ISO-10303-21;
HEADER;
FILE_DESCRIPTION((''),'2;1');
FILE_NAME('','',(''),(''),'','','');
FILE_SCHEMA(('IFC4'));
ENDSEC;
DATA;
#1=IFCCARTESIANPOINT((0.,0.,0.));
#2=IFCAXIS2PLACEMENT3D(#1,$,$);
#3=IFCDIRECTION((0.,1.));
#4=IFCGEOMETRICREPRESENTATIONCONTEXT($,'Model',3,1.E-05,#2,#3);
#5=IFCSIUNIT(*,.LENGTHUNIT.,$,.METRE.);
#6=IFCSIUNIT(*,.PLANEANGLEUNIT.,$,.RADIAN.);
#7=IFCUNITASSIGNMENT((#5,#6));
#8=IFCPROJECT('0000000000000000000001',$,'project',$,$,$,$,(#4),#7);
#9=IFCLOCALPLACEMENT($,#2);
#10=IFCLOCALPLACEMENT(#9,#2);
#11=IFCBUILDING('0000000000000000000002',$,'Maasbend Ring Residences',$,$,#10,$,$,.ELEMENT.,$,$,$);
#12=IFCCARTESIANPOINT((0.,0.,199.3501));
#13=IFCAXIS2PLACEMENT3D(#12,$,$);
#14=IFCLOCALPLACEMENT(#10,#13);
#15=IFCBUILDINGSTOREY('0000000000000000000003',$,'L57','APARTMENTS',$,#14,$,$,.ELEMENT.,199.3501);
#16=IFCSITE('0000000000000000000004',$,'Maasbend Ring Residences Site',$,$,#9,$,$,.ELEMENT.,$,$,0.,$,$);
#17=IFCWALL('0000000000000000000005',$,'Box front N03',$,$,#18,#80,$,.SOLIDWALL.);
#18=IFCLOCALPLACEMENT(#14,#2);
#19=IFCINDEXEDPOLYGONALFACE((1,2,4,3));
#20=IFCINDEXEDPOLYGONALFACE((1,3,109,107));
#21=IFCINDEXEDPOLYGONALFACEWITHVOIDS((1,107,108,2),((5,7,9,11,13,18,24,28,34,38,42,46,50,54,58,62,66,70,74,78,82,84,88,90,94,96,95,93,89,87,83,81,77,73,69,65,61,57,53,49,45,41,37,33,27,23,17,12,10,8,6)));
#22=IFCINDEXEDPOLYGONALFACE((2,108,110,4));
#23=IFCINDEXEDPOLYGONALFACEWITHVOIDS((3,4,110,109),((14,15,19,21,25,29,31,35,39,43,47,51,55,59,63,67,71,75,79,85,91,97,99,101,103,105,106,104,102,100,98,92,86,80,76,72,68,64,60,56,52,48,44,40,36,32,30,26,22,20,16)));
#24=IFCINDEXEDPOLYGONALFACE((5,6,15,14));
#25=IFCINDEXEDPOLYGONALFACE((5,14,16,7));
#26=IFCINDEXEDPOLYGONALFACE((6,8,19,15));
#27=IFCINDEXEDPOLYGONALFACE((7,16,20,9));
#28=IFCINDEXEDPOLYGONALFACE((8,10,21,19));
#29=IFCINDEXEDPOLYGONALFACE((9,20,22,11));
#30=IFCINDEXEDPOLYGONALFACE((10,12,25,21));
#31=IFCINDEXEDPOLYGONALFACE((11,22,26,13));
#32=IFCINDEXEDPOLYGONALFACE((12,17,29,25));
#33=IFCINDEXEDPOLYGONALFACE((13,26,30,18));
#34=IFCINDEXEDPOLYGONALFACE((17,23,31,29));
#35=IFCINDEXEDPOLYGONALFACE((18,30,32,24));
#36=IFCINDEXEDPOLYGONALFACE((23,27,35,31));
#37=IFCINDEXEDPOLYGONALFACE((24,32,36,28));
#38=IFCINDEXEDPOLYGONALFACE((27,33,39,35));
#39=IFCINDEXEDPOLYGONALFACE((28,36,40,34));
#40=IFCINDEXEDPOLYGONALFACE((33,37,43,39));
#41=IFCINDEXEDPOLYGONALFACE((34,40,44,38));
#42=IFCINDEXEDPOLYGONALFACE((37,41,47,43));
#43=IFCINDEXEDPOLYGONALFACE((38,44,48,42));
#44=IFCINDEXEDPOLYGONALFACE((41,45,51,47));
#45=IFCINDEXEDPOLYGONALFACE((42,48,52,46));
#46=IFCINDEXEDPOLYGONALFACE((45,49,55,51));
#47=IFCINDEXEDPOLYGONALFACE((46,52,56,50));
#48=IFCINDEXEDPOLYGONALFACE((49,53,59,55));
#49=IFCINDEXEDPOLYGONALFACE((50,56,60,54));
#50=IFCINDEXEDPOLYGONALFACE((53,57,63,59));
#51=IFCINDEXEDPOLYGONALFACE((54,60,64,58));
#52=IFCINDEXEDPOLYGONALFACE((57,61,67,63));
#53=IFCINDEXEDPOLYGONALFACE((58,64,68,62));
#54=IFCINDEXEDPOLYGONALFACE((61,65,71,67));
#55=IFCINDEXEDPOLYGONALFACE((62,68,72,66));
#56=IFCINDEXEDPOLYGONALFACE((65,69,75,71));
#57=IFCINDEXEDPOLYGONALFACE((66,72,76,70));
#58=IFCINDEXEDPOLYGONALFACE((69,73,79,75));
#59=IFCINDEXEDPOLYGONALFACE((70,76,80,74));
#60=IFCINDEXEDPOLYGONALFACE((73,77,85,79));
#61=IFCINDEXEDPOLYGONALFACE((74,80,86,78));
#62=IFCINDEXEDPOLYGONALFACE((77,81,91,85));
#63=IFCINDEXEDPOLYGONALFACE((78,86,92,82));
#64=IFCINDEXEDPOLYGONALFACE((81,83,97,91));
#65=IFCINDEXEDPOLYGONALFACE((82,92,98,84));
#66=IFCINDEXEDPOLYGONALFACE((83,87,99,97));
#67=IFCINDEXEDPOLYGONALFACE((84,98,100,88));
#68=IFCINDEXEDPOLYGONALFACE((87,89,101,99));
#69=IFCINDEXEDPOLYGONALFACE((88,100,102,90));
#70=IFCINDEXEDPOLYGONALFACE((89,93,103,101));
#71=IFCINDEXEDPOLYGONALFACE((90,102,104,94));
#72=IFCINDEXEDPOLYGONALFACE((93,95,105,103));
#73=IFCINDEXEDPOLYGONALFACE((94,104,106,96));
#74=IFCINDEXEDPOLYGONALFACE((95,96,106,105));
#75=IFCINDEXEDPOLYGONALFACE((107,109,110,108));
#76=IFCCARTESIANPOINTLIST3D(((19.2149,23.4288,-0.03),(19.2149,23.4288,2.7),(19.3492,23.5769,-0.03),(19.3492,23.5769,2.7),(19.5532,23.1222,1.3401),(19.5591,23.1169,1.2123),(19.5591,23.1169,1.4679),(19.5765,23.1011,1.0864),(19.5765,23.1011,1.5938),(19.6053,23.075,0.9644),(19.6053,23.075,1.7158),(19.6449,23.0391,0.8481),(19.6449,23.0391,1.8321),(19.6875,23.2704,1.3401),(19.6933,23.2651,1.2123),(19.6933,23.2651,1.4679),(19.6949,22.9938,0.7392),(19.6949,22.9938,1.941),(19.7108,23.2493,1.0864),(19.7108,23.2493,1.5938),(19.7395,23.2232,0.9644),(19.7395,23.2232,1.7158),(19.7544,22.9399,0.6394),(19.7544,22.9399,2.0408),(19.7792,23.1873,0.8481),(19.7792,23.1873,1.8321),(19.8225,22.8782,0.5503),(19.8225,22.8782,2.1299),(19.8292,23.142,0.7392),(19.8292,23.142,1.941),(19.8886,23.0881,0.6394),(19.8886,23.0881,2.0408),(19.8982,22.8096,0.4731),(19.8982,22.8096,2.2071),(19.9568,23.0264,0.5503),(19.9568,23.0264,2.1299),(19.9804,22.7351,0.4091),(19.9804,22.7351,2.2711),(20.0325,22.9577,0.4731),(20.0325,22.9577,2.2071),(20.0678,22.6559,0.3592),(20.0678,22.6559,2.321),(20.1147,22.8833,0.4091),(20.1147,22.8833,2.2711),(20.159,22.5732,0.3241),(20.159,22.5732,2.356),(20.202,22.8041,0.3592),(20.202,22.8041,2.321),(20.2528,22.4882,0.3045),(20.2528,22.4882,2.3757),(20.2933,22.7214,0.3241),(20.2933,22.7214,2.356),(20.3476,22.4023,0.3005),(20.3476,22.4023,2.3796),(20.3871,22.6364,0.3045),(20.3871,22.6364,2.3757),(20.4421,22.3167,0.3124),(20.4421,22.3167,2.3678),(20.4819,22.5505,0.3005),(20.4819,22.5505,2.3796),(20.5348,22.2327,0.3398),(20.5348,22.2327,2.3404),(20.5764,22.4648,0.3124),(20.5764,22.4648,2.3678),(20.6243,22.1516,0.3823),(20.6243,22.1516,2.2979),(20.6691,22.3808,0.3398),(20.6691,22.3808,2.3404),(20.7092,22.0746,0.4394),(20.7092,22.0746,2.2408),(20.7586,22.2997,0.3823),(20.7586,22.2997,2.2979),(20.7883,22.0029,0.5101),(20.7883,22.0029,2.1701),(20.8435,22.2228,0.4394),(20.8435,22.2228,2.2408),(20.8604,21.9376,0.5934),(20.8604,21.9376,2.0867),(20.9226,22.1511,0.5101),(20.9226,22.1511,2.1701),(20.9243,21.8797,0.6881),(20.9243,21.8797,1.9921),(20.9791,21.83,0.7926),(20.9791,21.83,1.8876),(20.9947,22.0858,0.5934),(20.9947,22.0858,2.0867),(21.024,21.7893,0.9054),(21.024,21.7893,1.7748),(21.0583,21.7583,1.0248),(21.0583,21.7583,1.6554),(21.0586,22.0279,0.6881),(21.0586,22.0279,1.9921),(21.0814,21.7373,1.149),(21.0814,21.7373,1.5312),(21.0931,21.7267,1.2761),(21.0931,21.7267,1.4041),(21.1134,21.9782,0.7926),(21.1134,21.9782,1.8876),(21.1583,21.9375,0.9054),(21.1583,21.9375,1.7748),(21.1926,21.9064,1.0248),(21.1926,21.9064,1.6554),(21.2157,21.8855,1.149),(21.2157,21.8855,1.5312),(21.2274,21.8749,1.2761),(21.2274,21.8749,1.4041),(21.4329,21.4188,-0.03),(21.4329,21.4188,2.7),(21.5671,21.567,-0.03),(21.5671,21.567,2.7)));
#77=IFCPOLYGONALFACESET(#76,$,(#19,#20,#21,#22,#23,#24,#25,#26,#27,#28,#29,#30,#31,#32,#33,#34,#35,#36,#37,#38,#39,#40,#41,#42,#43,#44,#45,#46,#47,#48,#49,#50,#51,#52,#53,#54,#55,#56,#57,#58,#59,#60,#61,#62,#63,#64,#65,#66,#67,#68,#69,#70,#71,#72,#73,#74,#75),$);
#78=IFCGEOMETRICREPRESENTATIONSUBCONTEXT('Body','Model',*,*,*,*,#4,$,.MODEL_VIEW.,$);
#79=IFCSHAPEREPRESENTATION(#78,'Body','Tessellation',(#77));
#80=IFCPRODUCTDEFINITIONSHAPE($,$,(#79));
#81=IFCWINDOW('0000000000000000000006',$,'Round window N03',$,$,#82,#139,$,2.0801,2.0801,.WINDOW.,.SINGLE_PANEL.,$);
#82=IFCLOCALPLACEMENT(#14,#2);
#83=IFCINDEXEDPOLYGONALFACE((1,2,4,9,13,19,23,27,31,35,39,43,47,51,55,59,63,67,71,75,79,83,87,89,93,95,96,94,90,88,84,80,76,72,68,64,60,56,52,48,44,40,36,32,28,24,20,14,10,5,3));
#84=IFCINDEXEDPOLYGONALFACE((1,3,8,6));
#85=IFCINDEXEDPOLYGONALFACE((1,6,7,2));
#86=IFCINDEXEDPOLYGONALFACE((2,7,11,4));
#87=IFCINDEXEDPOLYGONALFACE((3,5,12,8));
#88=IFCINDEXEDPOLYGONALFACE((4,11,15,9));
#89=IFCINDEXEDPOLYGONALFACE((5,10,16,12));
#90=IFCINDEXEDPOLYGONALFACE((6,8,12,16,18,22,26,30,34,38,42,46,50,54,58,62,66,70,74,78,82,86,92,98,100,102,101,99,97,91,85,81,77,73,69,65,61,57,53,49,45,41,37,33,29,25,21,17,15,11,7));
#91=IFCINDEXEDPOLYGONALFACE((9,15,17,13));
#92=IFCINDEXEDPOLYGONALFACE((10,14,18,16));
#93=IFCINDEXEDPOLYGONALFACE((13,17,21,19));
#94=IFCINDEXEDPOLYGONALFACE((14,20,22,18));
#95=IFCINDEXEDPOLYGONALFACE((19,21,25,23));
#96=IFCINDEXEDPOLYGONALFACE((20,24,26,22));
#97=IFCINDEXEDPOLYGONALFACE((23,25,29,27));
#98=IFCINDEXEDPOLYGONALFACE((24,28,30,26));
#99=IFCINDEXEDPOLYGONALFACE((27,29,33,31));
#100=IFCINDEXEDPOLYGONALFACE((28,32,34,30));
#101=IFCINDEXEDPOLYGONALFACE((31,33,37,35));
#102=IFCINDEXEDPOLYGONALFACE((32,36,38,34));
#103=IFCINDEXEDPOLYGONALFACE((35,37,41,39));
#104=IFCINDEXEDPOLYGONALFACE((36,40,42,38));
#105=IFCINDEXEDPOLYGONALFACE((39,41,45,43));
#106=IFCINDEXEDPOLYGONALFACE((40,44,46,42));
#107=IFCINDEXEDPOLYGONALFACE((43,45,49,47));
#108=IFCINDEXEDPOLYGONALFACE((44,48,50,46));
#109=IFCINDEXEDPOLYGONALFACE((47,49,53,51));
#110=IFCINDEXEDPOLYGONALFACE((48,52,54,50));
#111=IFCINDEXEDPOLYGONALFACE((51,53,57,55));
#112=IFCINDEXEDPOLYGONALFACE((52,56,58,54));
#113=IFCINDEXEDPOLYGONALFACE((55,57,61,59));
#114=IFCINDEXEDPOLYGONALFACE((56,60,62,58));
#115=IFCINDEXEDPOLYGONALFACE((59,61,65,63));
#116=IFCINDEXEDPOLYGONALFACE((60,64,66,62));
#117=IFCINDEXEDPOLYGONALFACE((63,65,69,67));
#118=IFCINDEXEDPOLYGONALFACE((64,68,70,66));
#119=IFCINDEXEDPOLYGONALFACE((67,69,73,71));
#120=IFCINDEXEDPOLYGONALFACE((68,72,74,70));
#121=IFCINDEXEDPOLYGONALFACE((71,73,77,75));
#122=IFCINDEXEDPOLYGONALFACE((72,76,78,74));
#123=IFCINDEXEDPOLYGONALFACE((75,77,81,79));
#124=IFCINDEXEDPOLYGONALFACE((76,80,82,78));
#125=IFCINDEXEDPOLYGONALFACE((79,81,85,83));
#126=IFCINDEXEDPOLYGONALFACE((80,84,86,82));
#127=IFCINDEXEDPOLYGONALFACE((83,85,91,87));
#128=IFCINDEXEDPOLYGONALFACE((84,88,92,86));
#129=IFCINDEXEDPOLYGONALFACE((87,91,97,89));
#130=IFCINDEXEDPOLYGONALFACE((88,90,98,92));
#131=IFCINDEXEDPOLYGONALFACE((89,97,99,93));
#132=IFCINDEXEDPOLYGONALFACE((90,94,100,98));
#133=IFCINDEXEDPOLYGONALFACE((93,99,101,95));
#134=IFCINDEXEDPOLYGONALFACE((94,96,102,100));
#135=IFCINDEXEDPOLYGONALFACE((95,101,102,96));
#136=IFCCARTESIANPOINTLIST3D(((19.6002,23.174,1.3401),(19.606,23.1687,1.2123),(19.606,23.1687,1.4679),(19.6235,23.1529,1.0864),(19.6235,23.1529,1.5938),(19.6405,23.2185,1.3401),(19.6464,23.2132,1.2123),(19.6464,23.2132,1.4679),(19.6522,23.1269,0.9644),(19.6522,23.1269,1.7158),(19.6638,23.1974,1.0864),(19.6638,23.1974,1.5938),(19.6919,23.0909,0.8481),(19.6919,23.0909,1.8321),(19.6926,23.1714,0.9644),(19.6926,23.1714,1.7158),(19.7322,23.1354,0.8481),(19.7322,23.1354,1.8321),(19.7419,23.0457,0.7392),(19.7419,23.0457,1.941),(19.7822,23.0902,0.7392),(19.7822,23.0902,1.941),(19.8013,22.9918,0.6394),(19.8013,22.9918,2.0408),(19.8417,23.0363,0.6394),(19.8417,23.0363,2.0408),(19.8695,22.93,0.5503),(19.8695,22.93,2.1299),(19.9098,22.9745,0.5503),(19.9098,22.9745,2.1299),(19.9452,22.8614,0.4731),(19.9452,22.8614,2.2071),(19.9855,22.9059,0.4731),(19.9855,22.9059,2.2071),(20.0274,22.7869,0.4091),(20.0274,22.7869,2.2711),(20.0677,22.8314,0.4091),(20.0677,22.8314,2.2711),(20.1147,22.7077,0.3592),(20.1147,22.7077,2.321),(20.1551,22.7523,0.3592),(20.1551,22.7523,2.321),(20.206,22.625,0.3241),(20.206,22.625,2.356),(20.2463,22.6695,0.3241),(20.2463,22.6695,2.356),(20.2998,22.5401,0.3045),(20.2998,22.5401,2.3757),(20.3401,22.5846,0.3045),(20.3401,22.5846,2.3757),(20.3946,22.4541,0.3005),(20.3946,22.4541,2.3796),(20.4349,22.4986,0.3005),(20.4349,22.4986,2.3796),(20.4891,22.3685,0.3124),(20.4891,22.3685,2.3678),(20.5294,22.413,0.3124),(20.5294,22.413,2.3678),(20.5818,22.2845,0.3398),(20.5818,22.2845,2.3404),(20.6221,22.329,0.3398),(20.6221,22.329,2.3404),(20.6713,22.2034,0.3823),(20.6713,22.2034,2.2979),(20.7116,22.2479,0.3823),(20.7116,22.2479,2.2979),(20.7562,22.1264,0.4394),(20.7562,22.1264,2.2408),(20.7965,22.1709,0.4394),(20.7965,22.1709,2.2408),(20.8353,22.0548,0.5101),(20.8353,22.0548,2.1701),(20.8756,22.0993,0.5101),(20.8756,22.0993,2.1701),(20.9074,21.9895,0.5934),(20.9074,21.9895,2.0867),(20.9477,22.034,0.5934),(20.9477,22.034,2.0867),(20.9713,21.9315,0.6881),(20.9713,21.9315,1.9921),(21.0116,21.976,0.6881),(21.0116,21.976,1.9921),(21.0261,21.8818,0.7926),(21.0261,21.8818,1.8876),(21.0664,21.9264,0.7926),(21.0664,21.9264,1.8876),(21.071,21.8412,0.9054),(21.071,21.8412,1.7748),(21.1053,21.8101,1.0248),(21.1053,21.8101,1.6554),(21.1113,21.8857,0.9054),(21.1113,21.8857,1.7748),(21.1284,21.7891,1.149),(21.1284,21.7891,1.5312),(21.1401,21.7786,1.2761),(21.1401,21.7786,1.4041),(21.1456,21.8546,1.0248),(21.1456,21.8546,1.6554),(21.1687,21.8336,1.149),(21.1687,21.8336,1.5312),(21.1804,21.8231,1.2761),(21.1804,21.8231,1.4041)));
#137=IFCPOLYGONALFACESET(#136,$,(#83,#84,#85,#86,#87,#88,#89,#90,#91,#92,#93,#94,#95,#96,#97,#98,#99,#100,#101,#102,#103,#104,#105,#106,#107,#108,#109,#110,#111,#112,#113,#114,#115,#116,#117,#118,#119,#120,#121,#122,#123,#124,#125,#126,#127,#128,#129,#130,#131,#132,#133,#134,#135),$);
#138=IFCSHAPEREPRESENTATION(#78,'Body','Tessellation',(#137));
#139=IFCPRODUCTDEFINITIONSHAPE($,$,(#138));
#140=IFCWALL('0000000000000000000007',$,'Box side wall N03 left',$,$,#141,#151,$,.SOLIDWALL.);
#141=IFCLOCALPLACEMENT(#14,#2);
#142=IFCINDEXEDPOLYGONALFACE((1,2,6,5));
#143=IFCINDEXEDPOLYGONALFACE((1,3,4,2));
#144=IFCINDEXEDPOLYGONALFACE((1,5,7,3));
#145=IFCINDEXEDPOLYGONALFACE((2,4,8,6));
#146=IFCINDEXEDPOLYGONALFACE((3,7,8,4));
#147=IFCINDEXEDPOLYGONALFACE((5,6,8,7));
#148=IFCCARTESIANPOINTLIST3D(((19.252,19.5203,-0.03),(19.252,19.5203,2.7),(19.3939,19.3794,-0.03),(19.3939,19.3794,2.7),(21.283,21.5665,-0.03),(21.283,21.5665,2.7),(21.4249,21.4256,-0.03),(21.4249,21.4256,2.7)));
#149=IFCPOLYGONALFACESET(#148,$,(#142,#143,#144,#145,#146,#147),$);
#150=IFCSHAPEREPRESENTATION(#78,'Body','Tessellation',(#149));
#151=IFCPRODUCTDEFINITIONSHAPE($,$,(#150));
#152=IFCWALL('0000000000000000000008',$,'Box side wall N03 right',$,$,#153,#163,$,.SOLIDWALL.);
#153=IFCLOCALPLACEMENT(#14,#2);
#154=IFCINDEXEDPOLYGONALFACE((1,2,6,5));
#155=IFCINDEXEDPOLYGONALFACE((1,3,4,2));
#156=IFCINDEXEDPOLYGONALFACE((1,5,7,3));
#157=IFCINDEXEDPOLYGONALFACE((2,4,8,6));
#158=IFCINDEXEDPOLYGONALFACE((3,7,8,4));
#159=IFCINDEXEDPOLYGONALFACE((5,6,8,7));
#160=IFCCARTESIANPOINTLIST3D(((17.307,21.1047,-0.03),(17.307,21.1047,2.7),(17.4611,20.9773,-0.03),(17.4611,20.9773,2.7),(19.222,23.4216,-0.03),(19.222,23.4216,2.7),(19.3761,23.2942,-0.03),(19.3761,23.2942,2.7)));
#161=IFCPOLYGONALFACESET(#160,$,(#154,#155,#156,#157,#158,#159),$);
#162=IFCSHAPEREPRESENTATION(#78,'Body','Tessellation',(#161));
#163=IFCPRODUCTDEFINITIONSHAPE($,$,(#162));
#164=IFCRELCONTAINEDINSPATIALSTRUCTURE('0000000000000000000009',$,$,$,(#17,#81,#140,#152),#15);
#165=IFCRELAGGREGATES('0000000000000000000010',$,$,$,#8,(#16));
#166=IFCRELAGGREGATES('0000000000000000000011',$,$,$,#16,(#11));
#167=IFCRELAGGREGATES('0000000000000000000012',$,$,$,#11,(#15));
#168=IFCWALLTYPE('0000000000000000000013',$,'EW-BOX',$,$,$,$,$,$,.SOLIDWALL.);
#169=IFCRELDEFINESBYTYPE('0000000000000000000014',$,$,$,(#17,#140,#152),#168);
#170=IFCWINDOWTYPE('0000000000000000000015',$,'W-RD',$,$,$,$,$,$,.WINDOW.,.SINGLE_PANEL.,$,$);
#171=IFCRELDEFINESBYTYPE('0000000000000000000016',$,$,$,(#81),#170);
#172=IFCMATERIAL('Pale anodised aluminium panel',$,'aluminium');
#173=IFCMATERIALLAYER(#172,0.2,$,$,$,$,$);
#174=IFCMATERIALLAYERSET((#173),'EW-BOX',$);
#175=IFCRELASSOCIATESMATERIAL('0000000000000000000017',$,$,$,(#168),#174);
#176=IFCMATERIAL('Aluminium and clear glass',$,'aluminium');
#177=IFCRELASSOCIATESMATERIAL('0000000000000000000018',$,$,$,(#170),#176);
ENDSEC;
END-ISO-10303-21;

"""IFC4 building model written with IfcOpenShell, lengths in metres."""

from ifc_helpers import new_model, si_unit, direction, frame, frame_2d, origin, place, context, subcontext, project, spatial, rectangle, circle, extrude, material, layer, layer_set, type_object, element, fill, save


model = new_model("IFC4")

# Units and contexts
model_context = context("Model", 3, precision=1e-05, world=origin(), true_north=direction((0.0, 1.0)))
body_context = subcontext(model_context, "Body", "Model", "MODEL_VIEW")
ifc_project = project(units=[si_unit("LENGTHUNIT", "METRE"), si_unit("PLANEANGLEUNIT", "RADIAN")], contexts=[model_context])

# Site, building, storey
site_placement = place(None, origin())
site = spatial("IfcSite", under=ifc_project, at=site_placement, Name="Maasbend Ring Residences Site", CompositionType="ELEMENT", RefElevation=0.0)
building_placement = place(site_placement, origin())
building = spatial("IfcBuilding", under=site, at=building_placement, Name="Maasbend Ring Residences", CompositionType="ELEMENT")
storey_placement = place(building_placement, frame((0.0, 0.0, 199.3501)))
storey = spatial("IfcBuildingStorey", under=building, at=storey_placement, Name="L57", Description="APARTMENTS", CompositionType="ELEMENT", Elevation=199.3501)

# Shared definitions
ifc_material_1 = material(Name="Pale anodised aluminium panel", Category="aluminium")
ifc_layer_1 = layer(ifc_material_1, 0.2)
ifc_layer_set_1 = layer_set([ifc_layer_1], Name="EW-BOX")
wall_type_1 = type_object("IfcWallType", Name="EW-BOX", PredefinedType="SOLIDWALL", material=ifc_layer_set_1)
ifc_material_2 = material(Name="Aluminium and clear glass", Category="aluminium")
window_type_1 = type_object("IfcWindowType", Name="W-RD", PartitioningType="SINGLE_PANEL", PredefinedType="WINDOW", material=ifc_material_2)

# Wall, opening, window
wall_1_placement = place(storey_placement, frame((21.5, 21.4929, -0.03), z_axis=(0.0, 0.0, 1.0), x_axis=(-0.740998, 0.671507, 0.0)))
wall_1 = element("IfcWall", 1, at=wall_1_placement, inside=storey, type_object=wall_type_1, Name="Box front N03", PredefinedType="SOLIDWALL", context=body_context, shape_type="SweptSolid", body=[
    extrude(rectangle(XDim=2.9932, YDim=0.2, at=frame_2d((1.4966, 0.0))), origin(), (0.0, 0.0, 1.0), 2.73),
])
opening_1_placement = place(wall_1_placement, frame((0.4565, 0.0, 0.3301)))
opening_1 = element("IfcOpeningElement", 2, at=opening_1_placement, cuts=wall_1, PredefinedType="OPENING", context=body_context, shape_type="SweptSolid", body=[
    extrude(circle(Radius=1.04, at=frame_2d((1.04, 1.04))), frame((0.0, 0.1099, 0.0), z_axis=(0.0, -1.0, 0.0), x_axis=(1.0, 0.0, 0.0)), (0.0, 0.0, 1.0), 0.22),
])
window_1_placement = place(opening_1_placement, origin())
window_1 = element("IfcWindow", 3, at=window_1_placement, inside=storey, type_object=window_type_1, Name="Round window N03", OverallHeight=2.0801, OverallWidth=2.0801, PartitioningType="SINGLE_PANEL", PredefinedType="WINDOW", context=body_context, shape_type="SweptSolid", body=[
    extrude(circle(Radius=1.04, at=frame_2d((1.04, 1.04))), frame((0.0, 0.03, 0.0), z_axis=(0.0, -1.0, 0.0), x_axis=(1.0, 0.0, 0.0)), (0.0, 0.0, 1.0), 0.0601),
])
fill(opening_1, window_1)

# Walls
wall_2_placement = place(storey_placement, frame((19.323, 19.45, -0.03), z_axis=(0.0, 0.0, 1.0), x_axis=(0.704477, 0.709727, 0.0)))
element("IfcWall", 4, at=wall_2_placement, inside=storey, type_object=wall_type_1, Name="Box side wall N03 left", PredefinedType="SOLIDWALL", context=body_context, shape_type="SweptSolid", body=[
    extrude(rectangle(XDim=2.8831, YDim=0.2, at=frame_2d((1.4414, 0.0))), origin(), (0.0, 0.0, 1.0), 2.73),
])
wall_3_placement = place(storey_placement, frame((17.384, 21.041, -0.03), z_axis=(0.0, 0.0, 1.0), x_axis=(0.637096, 0.770785, 0.0)))
element("IfcWall", 5, at=wall_3_placement, inside=storey, type_object=wall_type_1, Name="Box side wall N03 right", PredefinedType="SOLIDWALL", context=body_context, shape_type="SweptSolid", body=[
    extrude(rectangle(XDim=3.0059, YDim=0.2, at=frame_2d((1.5029, 0.0))), origin(), (0.0, 0.0, 1.0), 2.73),
])

save(model, "model.ifc")
